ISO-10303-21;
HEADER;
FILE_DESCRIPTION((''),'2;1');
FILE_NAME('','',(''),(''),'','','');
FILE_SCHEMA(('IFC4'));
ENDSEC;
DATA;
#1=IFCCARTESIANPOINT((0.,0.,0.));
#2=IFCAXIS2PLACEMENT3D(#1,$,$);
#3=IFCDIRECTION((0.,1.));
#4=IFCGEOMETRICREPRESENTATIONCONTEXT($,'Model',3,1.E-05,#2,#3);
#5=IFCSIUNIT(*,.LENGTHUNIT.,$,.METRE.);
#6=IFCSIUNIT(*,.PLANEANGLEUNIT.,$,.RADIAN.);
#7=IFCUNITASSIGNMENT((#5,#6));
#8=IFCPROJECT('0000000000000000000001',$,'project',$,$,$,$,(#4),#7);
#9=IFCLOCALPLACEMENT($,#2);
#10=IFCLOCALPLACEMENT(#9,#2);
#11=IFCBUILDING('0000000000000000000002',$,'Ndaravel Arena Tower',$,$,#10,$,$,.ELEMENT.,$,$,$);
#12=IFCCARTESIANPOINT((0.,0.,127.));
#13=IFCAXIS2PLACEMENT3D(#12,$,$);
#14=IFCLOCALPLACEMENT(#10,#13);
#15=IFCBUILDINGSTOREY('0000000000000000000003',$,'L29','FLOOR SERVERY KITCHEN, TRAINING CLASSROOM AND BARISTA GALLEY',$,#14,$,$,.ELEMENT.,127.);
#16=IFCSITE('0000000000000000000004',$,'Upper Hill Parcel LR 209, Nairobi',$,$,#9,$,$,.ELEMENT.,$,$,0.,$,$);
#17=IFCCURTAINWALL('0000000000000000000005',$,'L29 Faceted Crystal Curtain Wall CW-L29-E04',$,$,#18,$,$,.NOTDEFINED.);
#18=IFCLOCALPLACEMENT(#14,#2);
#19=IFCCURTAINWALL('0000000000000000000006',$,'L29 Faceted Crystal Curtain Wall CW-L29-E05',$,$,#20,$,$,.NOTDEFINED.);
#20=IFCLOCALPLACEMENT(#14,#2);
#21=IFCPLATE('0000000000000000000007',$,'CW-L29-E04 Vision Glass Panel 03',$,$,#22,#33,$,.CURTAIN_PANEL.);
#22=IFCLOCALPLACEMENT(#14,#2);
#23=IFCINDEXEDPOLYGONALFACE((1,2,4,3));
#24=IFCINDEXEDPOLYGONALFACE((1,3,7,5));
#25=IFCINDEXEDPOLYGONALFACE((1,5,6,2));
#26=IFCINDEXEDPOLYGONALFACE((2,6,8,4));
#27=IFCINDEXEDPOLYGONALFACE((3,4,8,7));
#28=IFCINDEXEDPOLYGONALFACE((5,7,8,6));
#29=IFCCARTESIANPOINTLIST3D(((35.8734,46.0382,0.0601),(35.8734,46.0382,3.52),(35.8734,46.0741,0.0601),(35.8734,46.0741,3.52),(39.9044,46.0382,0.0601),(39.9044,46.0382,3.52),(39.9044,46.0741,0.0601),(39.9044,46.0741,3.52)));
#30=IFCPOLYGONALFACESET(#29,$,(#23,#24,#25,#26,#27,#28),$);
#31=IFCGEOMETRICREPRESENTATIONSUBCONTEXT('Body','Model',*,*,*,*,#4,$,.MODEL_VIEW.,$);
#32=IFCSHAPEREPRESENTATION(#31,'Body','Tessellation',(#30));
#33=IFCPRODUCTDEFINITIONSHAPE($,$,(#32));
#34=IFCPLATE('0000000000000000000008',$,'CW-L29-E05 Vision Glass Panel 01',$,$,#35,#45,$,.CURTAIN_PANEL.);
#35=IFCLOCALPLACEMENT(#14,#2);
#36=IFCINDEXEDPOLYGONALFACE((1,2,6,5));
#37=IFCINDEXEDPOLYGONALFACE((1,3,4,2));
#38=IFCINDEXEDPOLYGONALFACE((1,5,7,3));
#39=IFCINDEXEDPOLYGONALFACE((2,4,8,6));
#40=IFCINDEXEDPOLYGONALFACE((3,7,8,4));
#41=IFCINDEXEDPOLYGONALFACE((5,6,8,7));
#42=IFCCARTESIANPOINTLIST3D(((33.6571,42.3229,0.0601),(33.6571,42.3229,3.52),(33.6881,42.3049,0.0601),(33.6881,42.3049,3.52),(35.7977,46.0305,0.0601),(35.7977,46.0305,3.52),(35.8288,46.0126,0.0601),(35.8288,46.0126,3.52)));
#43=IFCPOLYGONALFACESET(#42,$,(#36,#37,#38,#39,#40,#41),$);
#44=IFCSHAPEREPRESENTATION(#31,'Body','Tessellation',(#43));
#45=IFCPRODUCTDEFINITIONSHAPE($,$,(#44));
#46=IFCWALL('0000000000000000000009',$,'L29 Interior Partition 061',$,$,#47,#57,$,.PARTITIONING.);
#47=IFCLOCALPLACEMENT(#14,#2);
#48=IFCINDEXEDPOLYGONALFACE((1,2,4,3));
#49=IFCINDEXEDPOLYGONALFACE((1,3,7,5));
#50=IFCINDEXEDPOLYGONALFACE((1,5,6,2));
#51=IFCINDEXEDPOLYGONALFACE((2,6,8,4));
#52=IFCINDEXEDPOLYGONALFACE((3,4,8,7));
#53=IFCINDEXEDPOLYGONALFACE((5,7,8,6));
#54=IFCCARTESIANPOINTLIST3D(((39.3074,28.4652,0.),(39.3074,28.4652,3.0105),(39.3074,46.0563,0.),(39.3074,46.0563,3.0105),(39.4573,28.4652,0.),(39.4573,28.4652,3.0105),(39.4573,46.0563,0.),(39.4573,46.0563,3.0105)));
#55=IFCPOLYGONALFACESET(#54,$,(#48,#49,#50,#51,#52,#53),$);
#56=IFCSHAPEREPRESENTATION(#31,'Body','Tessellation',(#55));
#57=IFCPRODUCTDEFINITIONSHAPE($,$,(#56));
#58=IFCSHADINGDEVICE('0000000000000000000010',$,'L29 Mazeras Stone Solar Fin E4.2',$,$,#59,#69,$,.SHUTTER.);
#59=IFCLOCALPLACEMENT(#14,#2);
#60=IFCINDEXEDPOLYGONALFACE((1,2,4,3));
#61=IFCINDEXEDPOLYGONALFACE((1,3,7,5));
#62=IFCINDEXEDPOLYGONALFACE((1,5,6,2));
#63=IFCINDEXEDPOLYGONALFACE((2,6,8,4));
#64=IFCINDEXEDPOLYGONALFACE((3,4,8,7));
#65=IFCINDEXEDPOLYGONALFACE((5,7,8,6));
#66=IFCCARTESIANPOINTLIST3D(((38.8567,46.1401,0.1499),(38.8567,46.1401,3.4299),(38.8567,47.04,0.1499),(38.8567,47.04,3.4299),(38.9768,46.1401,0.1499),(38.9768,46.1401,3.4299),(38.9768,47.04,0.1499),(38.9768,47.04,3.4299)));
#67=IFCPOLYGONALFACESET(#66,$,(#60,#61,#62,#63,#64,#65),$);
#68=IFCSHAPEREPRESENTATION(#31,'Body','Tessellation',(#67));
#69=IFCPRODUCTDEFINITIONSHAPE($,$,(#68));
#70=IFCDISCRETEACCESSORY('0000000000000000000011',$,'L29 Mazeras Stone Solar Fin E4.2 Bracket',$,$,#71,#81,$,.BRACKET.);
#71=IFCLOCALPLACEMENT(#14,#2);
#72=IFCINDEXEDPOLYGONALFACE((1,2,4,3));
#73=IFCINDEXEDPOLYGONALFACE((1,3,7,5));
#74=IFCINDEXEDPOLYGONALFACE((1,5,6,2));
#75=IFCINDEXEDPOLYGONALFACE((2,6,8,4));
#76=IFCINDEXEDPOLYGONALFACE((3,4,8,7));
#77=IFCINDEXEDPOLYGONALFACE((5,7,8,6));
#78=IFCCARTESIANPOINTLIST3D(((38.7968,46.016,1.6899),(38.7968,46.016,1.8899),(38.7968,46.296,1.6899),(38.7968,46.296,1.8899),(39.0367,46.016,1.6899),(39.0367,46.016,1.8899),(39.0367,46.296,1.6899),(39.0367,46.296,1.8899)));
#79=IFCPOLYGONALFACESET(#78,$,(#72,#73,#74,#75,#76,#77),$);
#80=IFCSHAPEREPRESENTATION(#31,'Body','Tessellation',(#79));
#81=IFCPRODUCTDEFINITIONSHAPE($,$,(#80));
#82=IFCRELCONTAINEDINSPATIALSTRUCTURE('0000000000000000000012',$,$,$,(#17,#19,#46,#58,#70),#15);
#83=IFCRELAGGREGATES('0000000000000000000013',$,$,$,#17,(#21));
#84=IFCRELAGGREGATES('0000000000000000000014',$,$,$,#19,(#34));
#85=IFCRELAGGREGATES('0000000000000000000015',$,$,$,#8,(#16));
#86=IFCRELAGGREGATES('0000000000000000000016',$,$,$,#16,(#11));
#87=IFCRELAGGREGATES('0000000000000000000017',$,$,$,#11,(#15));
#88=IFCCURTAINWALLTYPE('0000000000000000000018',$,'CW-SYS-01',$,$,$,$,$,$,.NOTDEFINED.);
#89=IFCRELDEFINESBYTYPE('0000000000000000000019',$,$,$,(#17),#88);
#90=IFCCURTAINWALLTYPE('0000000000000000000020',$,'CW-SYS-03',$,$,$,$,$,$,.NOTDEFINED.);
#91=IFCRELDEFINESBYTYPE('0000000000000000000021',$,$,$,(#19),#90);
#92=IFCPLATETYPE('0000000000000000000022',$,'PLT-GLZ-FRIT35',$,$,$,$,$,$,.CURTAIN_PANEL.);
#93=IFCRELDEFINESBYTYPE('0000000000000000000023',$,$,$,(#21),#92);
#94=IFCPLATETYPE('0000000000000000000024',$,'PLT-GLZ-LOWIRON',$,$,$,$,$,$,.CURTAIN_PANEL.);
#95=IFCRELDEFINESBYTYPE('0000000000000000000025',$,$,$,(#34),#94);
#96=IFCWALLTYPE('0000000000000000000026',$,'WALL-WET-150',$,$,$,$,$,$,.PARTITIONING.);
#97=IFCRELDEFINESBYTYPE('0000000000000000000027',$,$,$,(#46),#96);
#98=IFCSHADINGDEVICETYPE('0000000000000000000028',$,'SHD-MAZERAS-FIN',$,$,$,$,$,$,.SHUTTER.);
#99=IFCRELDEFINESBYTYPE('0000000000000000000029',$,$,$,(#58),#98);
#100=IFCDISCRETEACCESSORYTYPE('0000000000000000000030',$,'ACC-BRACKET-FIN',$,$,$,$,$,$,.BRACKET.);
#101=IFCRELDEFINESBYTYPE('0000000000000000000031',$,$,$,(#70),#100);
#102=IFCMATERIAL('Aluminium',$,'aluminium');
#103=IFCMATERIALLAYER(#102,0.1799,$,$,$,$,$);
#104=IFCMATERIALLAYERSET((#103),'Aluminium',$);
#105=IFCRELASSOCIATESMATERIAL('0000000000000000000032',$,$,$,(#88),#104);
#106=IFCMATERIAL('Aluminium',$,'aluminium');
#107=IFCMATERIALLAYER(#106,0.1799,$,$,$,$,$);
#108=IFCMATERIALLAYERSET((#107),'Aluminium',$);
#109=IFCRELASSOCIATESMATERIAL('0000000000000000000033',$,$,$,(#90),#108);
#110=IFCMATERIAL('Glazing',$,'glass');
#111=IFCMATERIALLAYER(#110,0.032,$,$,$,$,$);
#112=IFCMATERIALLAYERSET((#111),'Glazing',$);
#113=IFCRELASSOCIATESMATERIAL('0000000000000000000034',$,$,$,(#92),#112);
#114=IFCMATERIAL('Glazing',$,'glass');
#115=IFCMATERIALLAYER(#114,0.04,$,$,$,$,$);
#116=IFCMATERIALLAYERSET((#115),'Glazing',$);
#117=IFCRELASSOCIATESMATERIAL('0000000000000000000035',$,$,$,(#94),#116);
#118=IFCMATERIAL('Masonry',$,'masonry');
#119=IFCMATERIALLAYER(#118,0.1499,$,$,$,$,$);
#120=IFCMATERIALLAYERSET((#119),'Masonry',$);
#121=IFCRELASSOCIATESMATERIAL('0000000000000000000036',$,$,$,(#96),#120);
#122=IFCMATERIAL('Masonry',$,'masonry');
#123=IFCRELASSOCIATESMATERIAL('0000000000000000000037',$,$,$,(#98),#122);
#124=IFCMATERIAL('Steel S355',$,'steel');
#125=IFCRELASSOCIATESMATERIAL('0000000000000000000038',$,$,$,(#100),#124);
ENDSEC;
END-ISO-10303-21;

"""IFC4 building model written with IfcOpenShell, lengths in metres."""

from ifc_helpers import new_model, si_unit, direction, frame, frame_2d, origin, origin_2d, place, context, subcontext, project, spatial, rectangle, extrude, material, layer, layer_set, type_object, element, aggregate, save


model = new_model("IFC4")

# Units and contexts
model_context = context("Model", 3, precision=1e-05, world=origin(), true_north=direction((0.0, 1.0)))
body_context = subcontext(model_context, "Body", "Model", "MODEL_VIEW")
ifc_project = project(units=[si_unit("LENGTHUNIT", "METRE"), si_unit("PLANEANGLEUNIT", "RADIAN")], contexts=[model_context])

# Site, building, storey
site_placement = place(None, origin())
site = spatial("IfcSite", under=ifc_project, at=site_placement, Name="Upper Hill Parcel LR 209, Nairobi", CompositionType="ELEMENT", RefElevation=0.0)
building_placement = place(site_placement, origin())
building = spatial("IfcBuilding", under=site, at=building_placement, Name="Ndaravel Arena Tower", CompositionType="ELEMENT")
storey_placement = place(building_placement, frame((0.0, 0.0, 127.0)))
storey = spatial("IfcBuildingStorey", under=building, at=storey_placement, Name="L29", Description="FLOOR SERVERY KITCHEN, TRAINING CLASSROOM AND BARISTA GALLEY", CompositionType="ELEMENT", Elevation=127.0)

# Curtain wall
ifc_material_1 = material(Name="Aluminium", Category="aluminium")
ifc_layer_1 = layer(ifc_material_1, 0.1799)
ifc_layer_set_1 = layer_set([ifc_layer_1], Name="Aluminium")
curtain_wall_type_1 = type_object("IfcCurtainWallType", Name="CW-SYS-01", PredefinedType="NOTDEFINED", material=ifc_layer_set_1)
curtain_wall_1_placement = place(storey_placement, origin())
curtain_wall_1 = element("IfcCurtainWall", 1, at=curtain_wall_1_placement, inside=storey, type_object=curtain_wall_type_1, Name="L29 Faceted Crystal Curtain Wall CW-L29-E04", PredefinedType="NOTDEFINED")

# Curtain wall
ifc_material_2 = material(Name="Aluminium", Category="aluminium")
ifc_layer_2 = layer(ifc_material_2, 0.1799)
ifc_layer_set_2 = layer_set([ifc_layer_2], Name="Aluminium")
curtain_wall_type_2 = type_object("IfcCurtainWallType", Name="CW-SYS-03", PredefinedType="NOTDEFINED", material=ifc_layer_set_2)
curtain_wall_2_placement = place(storey_placement, origin())
curtain_wall_2 = element("IfcCurtainWall", 2, at=curtain_wall_2_placement, inside=storey, type_object=curtain_wall_type_2, Name="L29 Faceted Crystal Curtain Wall CW-L29-E05", PredefinedType="NOTDEFINED")

# Plates
ifc_material_3 = material(Name="Glazing", Category="glass")
ifc_layer_3 = layer(ifc_material_3, 0.032)
ifc_layer_set_3 = layer_set([ifc_layer_3], Name="Glazing")
plate_type_1 = type_object("IfcPlateType", Name="PLT-GLZ-FRIT35", PredefinedType="CURTAIN_PANEL", material=ifc_layer_set_3)
plate_1_placement = place(storey_placement, frame((37.8889, 46.0562, 0.0601), z_axis=(0.0, 0.0, 1.0), x_axis=(-1.0, 0.0, 0.0)))
plate_1 = element("IfcPlate", 3, at=plate_1_placement, type_object=plate_type_1, Name="CW-L29-E04 Vision Glass Panel 03", PredefinedType="CURTAIN_PANEL", context=body_context, shape_type="SweptSolid", body=[
    extrude(rectangle(XDim=4.031, YDim=0.0359, at=origin_2d()), origin(), (0.0, 0.0, 1.0), 3.46),
])
aggregate(curtain_wall_1, [plate_1])
ifc_material_4 = material(Name="Glazing", Category="glass")
ifc_layer_4 = layer(ifc_material_4, 0.04)
ifc_layer_set_4 = layer_set([ifc_layer_4], Name="Glazing")
plate_type_2 = type_object("IfcPlateType", Name="PLT-GLZ-LOWIRON", PredefinedType="CURTAIN_PANEL", material=ifc_layer_set_4)
plate_2_placement = place(storey_placement, frame((34.7429, 44.1677, 0.0601), z_axis=(0.0, 0.0, 1.0), x_axis=(-0.5, -0.866025, 0.0)))
plate_2 = element("IfcPlate", 4, at=plate_2_placement, type_object=plate_type_2, Name="CW-L29-E05 Vision Glass Panel 01", PredefinedType="CURTAIN_PANEL", context=body_context, shape_type="SweptSolid", body=[
    extrude(rectangle(XDim=4.2812, YDim=0.0359, at=origin_2d()), origin(), (0.0, 0.0, 1.0), 3.46),
])
aggregate(curtain_wall_2, [plate_2])

# Wall
ifc_material_5 = material(Name="Masonry", Category="masonry")
ifc_layer_5 = layer(ifc_material_5, 0.1499)
ifc_layer_set_5 = layer_set([ifc_layer_5], Name="Masonry")
wall_type = type_object("IfcWallType", Name="WALL-WET-150", PredefinedType="PARTITIONING", material=ifc_layer_set_5)
wall_placement = place(storey_placement, frame((39.3823, 46.0562, 0.0), z_axis=(0.0, 0.0, 1.0), x_axis=(0.0, -1.0, 0.0)))
element("IfcWall", 5, at=wall_placement, inside=storey, type_object=wall_type, Name="L29 Interior Partition 061", PredefinedType="PARTITIONING", context=body_context, shape_type="SweptSolid", body=[
    extrude(rectangle(XDim=17.5911, YDim=0.1499, at=frame_2d((8.7954, 0.0))), origin(), (0.0, 0.0, 1.0), 3.0105),
])

# Shading device
ifc_material_6 = material(Name="Masonry", Category="masonry")
shading_device_type = type_object("IfcShadingDeviceType", Name="SHD-MAZERAS-FIN", PredefinedType="SHUTTER", material=ifc_material_6)
shading_device_placement = place(storey_placement, frame((38.9167, 46.5901, 0.1499), z_axis=(0.0, 0.0, 1.0), x_axis=(0.0, 1.0, 0.0)))
element("IfcShadingDevice", 6, at=shading_device_placement, inside=storey, type_object=shading_device_type, Name="L29 Mazeras Stone Solar Fin E4.2", PredefinedType="SHUTTER", context=body_context, shape_type="SweptSolid", body=[
    extrude(rectangle(XDim=0.8999, YDim=0.1201, at=origin_2d()), origin(), (0.0, 0.0, 1.0), 3.28),
])

# Discrete accessory
ifc_material_7 = material(Name="Steel S355", Category="steel")
discrete_accessory_type = type_object("IfcDiscreteAccessoryType", Name="ACC-BRACKET-FIN", PredefinedType="BRACKET", material=ifc_material_7)
discrete_accessory_placement = place(storey_placement, frame((38.9167, 46.156, 1.6899), z_axis=(0.0, 0.0, 1.0), x_axis=(0.0, 1.0, 0.0)))
element("IfcDiscreteAccessory", 7, at=discrete_accessory_placement, inside=storey, type_object=discrete_accessory_type, Name="L29 Mazeras Stone Solar Fin E4.2 Bracket", PredefinedType="BRACKET", context=body_context, shape_type="SweptSolid", body=[
    extrude(rectangle(XDim=0.28, YDim=0.24, at=origin_2d()), origin(), (0.0, 0.0, 1.0), 0.2),
])

save(model, "model.ifc")
